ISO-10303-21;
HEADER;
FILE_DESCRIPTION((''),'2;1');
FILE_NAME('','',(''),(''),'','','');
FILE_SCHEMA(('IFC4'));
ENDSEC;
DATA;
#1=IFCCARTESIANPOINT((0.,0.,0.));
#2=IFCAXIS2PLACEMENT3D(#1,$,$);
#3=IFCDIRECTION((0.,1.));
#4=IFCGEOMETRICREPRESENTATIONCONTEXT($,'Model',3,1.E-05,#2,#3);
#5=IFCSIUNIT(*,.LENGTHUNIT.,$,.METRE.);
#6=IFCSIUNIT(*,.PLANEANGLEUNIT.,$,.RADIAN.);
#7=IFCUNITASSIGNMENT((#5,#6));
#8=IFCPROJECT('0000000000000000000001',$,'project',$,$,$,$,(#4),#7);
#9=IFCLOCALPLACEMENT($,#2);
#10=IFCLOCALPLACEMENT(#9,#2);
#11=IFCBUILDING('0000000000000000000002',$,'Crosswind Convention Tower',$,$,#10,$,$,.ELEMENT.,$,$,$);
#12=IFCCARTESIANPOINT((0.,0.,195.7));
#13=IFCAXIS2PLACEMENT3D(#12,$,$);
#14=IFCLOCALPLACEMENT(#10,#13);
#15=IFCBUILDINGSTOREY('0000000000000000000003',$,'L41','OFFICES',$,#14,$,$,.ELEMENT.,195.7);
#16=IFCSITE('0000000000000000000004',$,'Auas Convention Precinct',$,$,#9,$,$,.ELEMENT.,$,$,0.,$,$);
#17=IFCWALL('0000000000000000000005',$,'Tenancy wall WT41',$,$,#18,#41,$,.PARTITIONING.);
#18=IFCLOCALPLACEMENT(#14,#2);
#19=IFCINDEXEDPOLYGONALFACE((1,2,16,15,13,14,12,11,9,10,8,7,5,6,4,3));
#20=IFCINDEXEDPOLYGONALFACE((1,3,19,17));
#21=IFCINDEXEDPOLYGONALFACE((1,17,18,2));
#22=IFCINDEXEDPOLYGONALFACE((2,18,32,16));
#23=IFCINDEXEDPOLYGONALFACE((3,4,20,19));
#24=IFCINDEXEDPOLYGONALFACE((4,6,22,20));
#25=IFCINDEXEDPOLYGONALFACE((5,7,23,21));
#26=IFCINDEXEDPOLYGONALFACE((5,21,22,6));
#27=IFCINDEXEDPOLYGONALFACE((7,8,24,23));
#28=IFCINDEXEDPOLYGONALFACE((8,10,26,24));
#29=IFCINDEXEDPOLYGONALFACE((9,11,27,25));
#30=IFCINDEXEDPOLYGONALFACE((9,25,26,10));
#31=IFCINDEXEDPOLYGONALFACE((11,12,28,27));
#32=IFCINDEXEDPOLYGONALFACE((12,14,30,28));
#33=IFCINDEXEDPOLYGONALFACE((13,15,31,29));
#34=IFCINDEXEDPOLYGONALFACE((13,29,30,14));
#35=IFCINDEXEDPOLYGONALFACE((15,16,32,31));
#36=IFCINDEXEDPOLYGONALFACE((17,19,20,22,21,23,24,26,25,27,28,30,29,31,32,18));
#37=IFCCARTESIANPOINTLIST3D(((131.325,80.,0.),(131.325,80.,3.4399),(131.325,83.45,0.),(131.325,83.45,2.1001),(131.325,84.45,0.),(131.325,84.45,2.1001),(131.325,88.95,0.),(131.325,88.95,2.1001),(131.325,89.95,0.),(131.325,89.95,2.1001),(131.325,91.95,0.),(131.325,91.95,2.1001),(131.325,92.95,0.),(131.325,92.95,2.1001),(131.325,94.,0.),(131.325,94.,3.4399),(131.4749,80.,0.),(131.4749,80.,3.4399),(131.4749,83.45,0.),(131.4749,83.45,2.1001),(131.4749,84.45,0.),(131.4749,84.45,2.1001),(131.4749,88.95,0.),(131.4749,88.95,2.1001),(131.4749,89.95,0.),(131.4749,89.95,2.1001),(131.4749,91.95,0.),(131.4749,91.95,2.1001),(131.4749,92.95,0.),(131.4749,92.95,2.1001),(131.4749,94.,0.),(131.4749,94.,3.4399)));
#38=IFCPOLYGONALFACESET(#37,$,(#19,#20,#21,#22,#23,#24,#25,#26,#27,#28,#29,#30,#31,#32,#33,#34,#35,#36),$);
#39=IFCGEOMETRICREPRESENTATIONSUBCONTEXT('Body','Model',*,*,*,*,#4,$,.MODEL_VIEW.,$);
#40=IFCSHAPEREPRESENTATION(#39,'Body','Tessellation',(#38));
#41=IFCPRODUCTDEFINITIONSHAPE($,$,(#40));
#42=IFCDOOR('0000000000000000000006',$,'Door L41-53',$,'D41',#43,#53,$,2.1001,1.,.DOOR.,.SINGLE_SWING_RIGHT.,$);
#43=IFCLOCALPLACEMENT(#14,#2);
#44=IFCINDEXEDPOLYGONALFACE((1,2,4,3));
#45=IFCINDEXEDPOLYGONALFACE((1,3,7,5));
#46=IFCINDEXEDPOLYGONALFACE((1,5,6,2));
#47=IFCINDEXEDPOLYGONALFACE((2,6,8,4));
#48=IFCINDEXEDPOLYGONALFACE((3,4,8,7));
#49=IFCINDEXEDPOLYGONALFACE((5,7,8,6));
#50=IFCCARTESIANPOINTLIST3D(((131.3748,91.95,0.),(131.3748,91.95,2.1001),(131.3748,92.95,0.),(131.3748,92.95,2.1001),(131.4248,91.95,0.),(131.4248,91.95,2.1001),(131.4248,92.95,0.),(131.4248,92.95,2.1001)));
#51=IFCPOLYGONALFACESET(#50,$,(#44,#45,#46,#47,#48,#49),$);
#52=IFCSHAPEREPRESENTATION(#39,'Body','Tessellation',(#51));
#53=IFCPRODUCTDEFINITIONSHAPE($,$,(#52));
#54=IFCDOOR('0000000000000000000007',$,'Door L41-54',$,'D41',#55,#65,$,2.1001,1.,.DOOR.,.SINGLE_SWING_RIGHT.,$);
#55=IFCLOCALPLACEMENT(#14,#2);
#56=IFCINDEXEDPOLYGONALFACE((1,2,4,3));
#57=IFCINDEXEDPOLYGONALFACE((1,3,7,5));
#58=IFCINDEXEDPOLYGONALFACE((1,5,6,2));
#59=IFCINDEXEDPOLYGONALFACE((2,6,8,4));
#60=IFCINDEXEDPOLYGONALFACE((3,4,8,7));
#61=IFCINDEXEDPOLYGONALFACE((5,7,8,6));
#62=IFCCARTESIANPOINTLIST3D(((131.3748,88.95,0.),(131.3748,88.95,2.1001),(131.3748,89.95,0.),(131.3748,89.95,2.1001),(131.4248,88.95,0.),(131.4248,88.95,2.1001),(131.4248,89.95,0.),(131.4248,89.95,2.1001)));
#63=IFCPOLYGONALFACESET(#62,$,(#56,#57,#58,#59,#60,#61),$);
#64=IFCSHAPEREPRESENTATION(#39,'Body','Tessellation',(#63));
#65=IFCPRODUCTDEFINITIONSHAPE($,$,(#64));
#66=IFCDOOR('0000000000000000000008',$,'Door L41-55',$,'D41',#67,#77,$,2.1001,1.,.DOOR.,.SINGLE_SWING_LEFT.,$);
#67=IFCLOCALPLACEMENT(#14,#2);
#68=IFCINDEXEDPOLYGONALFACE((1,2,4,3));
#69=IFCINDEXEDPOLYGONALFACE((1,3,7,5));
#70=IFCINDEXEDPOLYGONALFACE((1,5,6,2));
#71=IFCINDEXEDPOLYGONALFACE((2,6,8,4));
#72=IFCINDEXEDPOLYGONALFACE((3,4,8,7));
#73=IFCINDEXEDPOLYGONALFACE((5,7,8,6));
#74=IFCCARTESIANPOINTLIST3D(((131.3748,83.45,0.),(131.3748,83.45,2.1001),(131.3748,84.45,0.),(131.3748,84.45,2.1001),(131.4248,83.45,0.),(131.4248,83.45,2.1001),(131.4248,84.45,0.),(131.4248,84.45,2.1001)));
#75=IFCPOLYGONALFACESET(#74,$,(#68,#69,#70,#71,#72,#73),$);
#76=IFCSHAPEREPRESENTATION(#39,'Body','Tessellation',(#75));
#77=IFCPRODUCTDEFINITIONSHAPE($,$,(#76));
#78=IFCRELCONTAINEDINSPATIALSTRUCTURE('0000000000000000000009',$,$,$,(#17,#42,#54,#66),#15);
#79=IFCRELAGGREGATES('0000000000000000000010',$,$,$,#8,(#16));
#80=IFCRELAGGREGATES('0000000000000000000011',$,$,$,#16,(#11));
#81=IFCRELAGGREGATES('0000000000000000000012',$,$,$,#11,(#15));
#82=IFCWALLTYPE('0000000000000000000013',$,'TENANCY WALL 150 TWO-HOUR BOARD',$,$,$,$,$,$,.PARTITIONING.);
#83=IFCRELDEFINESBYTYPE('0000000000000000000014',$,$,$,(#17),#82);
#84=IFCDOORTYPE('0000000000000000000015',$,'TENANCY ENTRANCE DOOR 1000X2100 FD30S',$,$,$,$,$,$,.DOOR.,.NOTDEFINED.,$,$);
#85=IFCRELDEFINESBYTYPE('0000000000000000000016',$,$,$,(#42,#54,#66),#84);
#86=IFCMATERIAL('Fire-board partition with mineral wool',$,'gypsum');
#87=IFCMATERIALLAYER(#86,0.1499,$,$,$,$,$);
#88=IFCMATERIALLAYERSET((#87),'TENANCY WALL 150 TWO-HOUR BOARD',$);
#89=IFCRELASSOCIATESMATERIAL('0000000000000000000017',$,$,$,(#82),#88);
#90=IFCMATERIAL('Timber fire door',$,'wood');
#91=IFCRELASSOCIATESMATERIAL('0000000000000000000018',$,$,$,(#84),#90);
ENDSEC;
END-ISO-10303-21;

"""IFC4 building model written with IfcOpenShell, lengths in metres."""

from ifc_helpers import new_model, si_unit, direction, frame, frame_2d, origin, place, context, subcontext, project, spatial, rectangle, extrude, material, layer, layer_set, type_object, element, fill, save


model = new_model("IFC4")

# Units and contexts
model_context = context("Model", 3, precision=1e-05, world=origin(), true_north=direction((0.0, 1.0)))
body_context = subcontext(model_context, "Body", "Model", "MODEL_VIEW")
ifc_project = project(units=[si_unit("LENGTHUNIT", "METRE"), si_unit("PLANEANGLEUNIT", "RADIAN")], contexts=[model_context])

# Site, building, storey
site_placement = place(None, origin())
site = spatial("IfcSite", under=ifc_project, at=site_placement, Name="Auas Convention Precinct", CompositionType="ELEMENT", RefElevation=0.0)
building_placement = place(site_placement, origin())
building = spatial("IfcBuilding", under=site, at=building_placement, Name="Crosswind Convention Tower", CompositionType="ELEMENT")
storey_placement = place(building_placement, frame((0.0, 0.0, 195.7)))
storey = spatial("IfcBuildingStorey", under=building, at=storey_placement, Name="L41", Description="OFFICES", CompositionType="ELEMENT", Elevation=195.7)

# Wall, openings, doors
ifc_material_1 = material(Name="Fire-board partition with mineral wool", Category="gypsum")
ifc_layer_1 = layer(ifc_material_1, 0.1499)
ifc_layer_set_1 = layer_set([ifc_layer_1], Name="TENANCY WALL 150 TWO-HOUR BOARD")
wall_type_1 = type_object("IfcWallType", Name="TENANCY WALL 150 TWO-HOUR BOARD", PredefinedType="PARTITIONING", material=ifc_layer_set_1)
wall_1_placement = place(storey_placement, frame((131.3999, 80.0, 0.0), z_axis=(0.0, 0.0, 1.0), x_axis=(0.0, 1.0, 0.0)))
wall_1 = element("IfcWall", 1, at=wall_1_placement, inside=storey, type_object=wall_type_1, Name="Tenancy wall WT41", PredefinedType="PARTITIONING", context=body_context, shape_type="SweptSolid", body=[
    extrude(rectangle(XDim=14.0, YDim=0.1499, at=frame_2d((7.0, 0.0))), origin(), (0.0, 0.0, 1.0), 3.4399),
])
opening_1_placement = place(wall_1_placement, frame((11.95, 0.0, 0.0)))
opening_1 = element("IfcOpeningElement", 2, at=opening_1_placement, cuts=wall_1, PredefinedType="OPENING", context=body_context, shape_type="SweptSolid", body=[
    extrude(rectangle(XDim=1.0, YDim=2.1001, at=frame_2d((0.5, 1.05))), frame((0.0, 0.085, 0.0), z_axis=(0.0, -1.0, 0.0), x_axis=(1.0, 0.0, 0.0)), (0.0, 0.0, 1.0), 0.1699),
])
opening_2_placement = place(wall_1_placement, frame((8.95, 0.0, 0.0)))
opening_2 = element("IfcOpeningElement", 3, at=opening_2_placement, cuts=wall_1, PredefinedType="OPENING", context=body_context, shape_type="SweptSolid", body=[
    extrude(rectangle(XDim=1.0, YDim=2.1001, at=frame_2d((0.5, 1.05))), frame((0.0, 0.085, 0.0), z_axis=(0.0, -1.0, 0.0), x_axis=(1.0, 0.0, 0.0)), (0.0, 0.0, 1.0), 0.1699),
])
opening_3_placement = place(wall_1_placement, frame((3.45, 0.0, 0.0)))
opening_3 = element("IfcOpeningElement", 4, at=opening_3_placement, cuts=wall_1, PredefinedType="OPENING", context=body_context, shape_type="SweptSolid", body=[
    extrude(rectangle(XDim=1.0, YDim=2.1001, at=frame_2d((0.5, 1.05))), frame((0.0, 0.085, 0.0), z_axis=(0.0, -1.0, 0.0), x_axis=(1.0, 0.0, 0.0)), (0.0, 0.0, 1.0), 0.1699),
])
ifc_material_2 = material(Name="Timber fire door", Category="wood")
door_type = type_object("IfcDoorType", Name="TENANCY ENTRANCE DOOR 1000X2100 FD30S", OperationType="NOTDEFINED", PredefinedType="DOOR", material=ifc_material_2)
door_1_placement = place(opening_1_placement, frame((1.0, 0.0, 0.0), z_axis=(0.0, 0.0, 1.0), x_axis=(-1.0, 0.0, 0.0)))
door_1 = element("IfcDoor", 5, at=door_1_placement, inside=storey, type_object=door_type, Name="Door L41-53", ObjectType="D41", OperationType="SINGLE_SWING_RIGHT", OverallHeight=2.1001, OverallWidth=1.0, PredefinedType="DOOR", context=body_context, shape_type="SweptSolid", body=[
    extrude(rectangle(XDim=1.0, YDim=2.1001, at=frame_2d((0.5, 1.05))), frame((0.0, 0.0249, 0.0), z_axis=(0.0, -1.0, 0.0), x_axis=(1.0, 0.0, 0.0)), (0.0, 0.0, 1.0), 0.05),
])
fill(opening_1, door_1)
door_2_placement = place(opening_2_placement, frame((1.0, 0.0, 0.0), z_axis=(0.0, 0.0, 1.0), x_axis=(-1.0, 0.0, 0.0)))
door_2 = element("IfcDoor", 6, at=door_2_placement, inside=storey, type_object=door_type, Name="Door L41-54", ObjectType="D41", OperationType="SINGLE_SWING_RIGHT", OverallHeight=2.1001, OverallWidth=1.0, PredefinedType="DOOR", context=body_context, shape_type="SweptSolid", body=[
    extrude(rectangle(XDim=1.0, YDim=2.1001, at=frame_2d((0.5, 1.05))), frame((0.0, 0.0249, 0.0), z_axis=(0.0, -1.0, 0.0), x_axis=(1.0, 0.0, 0.0)), (0.0, 0.0, 1.0), 0.05),
])
fill(opening_2, door_2)
door_3_placement = place(opening_3_placement, frame((1.0, 0.0, 0.0), z_axis=(0.0, 0.0, 1.0), x_axis=(-1.0, 0.0, 0.0)))
door_3 = element("IfcDoor", 7, at=door_3_placement, inside=storey, type_object=door_type, Name="Door L41-55", ObjectType="D41", OperationType="SINGLE_SWING_LEFT", OverallHeight=2.1001, OverallWidth=1.0, PredefinedType="DOOR", context=body_context, shape_type="SweptSolid", body=[
    extrude(rectangle(XDim=1.0, YDim=2.1001, at=frame_2d((0.5, 1.05))), frame((0.0, 0.0249, 0.0), z_axis=(0.0, -1.0, 0.0), x_axis=(1.0, 0.0, 0.0)), (0.0, 0.0, 1.0), 0.05),
])
fill(opening_3, door_3)

save(model, "model.ifc")
